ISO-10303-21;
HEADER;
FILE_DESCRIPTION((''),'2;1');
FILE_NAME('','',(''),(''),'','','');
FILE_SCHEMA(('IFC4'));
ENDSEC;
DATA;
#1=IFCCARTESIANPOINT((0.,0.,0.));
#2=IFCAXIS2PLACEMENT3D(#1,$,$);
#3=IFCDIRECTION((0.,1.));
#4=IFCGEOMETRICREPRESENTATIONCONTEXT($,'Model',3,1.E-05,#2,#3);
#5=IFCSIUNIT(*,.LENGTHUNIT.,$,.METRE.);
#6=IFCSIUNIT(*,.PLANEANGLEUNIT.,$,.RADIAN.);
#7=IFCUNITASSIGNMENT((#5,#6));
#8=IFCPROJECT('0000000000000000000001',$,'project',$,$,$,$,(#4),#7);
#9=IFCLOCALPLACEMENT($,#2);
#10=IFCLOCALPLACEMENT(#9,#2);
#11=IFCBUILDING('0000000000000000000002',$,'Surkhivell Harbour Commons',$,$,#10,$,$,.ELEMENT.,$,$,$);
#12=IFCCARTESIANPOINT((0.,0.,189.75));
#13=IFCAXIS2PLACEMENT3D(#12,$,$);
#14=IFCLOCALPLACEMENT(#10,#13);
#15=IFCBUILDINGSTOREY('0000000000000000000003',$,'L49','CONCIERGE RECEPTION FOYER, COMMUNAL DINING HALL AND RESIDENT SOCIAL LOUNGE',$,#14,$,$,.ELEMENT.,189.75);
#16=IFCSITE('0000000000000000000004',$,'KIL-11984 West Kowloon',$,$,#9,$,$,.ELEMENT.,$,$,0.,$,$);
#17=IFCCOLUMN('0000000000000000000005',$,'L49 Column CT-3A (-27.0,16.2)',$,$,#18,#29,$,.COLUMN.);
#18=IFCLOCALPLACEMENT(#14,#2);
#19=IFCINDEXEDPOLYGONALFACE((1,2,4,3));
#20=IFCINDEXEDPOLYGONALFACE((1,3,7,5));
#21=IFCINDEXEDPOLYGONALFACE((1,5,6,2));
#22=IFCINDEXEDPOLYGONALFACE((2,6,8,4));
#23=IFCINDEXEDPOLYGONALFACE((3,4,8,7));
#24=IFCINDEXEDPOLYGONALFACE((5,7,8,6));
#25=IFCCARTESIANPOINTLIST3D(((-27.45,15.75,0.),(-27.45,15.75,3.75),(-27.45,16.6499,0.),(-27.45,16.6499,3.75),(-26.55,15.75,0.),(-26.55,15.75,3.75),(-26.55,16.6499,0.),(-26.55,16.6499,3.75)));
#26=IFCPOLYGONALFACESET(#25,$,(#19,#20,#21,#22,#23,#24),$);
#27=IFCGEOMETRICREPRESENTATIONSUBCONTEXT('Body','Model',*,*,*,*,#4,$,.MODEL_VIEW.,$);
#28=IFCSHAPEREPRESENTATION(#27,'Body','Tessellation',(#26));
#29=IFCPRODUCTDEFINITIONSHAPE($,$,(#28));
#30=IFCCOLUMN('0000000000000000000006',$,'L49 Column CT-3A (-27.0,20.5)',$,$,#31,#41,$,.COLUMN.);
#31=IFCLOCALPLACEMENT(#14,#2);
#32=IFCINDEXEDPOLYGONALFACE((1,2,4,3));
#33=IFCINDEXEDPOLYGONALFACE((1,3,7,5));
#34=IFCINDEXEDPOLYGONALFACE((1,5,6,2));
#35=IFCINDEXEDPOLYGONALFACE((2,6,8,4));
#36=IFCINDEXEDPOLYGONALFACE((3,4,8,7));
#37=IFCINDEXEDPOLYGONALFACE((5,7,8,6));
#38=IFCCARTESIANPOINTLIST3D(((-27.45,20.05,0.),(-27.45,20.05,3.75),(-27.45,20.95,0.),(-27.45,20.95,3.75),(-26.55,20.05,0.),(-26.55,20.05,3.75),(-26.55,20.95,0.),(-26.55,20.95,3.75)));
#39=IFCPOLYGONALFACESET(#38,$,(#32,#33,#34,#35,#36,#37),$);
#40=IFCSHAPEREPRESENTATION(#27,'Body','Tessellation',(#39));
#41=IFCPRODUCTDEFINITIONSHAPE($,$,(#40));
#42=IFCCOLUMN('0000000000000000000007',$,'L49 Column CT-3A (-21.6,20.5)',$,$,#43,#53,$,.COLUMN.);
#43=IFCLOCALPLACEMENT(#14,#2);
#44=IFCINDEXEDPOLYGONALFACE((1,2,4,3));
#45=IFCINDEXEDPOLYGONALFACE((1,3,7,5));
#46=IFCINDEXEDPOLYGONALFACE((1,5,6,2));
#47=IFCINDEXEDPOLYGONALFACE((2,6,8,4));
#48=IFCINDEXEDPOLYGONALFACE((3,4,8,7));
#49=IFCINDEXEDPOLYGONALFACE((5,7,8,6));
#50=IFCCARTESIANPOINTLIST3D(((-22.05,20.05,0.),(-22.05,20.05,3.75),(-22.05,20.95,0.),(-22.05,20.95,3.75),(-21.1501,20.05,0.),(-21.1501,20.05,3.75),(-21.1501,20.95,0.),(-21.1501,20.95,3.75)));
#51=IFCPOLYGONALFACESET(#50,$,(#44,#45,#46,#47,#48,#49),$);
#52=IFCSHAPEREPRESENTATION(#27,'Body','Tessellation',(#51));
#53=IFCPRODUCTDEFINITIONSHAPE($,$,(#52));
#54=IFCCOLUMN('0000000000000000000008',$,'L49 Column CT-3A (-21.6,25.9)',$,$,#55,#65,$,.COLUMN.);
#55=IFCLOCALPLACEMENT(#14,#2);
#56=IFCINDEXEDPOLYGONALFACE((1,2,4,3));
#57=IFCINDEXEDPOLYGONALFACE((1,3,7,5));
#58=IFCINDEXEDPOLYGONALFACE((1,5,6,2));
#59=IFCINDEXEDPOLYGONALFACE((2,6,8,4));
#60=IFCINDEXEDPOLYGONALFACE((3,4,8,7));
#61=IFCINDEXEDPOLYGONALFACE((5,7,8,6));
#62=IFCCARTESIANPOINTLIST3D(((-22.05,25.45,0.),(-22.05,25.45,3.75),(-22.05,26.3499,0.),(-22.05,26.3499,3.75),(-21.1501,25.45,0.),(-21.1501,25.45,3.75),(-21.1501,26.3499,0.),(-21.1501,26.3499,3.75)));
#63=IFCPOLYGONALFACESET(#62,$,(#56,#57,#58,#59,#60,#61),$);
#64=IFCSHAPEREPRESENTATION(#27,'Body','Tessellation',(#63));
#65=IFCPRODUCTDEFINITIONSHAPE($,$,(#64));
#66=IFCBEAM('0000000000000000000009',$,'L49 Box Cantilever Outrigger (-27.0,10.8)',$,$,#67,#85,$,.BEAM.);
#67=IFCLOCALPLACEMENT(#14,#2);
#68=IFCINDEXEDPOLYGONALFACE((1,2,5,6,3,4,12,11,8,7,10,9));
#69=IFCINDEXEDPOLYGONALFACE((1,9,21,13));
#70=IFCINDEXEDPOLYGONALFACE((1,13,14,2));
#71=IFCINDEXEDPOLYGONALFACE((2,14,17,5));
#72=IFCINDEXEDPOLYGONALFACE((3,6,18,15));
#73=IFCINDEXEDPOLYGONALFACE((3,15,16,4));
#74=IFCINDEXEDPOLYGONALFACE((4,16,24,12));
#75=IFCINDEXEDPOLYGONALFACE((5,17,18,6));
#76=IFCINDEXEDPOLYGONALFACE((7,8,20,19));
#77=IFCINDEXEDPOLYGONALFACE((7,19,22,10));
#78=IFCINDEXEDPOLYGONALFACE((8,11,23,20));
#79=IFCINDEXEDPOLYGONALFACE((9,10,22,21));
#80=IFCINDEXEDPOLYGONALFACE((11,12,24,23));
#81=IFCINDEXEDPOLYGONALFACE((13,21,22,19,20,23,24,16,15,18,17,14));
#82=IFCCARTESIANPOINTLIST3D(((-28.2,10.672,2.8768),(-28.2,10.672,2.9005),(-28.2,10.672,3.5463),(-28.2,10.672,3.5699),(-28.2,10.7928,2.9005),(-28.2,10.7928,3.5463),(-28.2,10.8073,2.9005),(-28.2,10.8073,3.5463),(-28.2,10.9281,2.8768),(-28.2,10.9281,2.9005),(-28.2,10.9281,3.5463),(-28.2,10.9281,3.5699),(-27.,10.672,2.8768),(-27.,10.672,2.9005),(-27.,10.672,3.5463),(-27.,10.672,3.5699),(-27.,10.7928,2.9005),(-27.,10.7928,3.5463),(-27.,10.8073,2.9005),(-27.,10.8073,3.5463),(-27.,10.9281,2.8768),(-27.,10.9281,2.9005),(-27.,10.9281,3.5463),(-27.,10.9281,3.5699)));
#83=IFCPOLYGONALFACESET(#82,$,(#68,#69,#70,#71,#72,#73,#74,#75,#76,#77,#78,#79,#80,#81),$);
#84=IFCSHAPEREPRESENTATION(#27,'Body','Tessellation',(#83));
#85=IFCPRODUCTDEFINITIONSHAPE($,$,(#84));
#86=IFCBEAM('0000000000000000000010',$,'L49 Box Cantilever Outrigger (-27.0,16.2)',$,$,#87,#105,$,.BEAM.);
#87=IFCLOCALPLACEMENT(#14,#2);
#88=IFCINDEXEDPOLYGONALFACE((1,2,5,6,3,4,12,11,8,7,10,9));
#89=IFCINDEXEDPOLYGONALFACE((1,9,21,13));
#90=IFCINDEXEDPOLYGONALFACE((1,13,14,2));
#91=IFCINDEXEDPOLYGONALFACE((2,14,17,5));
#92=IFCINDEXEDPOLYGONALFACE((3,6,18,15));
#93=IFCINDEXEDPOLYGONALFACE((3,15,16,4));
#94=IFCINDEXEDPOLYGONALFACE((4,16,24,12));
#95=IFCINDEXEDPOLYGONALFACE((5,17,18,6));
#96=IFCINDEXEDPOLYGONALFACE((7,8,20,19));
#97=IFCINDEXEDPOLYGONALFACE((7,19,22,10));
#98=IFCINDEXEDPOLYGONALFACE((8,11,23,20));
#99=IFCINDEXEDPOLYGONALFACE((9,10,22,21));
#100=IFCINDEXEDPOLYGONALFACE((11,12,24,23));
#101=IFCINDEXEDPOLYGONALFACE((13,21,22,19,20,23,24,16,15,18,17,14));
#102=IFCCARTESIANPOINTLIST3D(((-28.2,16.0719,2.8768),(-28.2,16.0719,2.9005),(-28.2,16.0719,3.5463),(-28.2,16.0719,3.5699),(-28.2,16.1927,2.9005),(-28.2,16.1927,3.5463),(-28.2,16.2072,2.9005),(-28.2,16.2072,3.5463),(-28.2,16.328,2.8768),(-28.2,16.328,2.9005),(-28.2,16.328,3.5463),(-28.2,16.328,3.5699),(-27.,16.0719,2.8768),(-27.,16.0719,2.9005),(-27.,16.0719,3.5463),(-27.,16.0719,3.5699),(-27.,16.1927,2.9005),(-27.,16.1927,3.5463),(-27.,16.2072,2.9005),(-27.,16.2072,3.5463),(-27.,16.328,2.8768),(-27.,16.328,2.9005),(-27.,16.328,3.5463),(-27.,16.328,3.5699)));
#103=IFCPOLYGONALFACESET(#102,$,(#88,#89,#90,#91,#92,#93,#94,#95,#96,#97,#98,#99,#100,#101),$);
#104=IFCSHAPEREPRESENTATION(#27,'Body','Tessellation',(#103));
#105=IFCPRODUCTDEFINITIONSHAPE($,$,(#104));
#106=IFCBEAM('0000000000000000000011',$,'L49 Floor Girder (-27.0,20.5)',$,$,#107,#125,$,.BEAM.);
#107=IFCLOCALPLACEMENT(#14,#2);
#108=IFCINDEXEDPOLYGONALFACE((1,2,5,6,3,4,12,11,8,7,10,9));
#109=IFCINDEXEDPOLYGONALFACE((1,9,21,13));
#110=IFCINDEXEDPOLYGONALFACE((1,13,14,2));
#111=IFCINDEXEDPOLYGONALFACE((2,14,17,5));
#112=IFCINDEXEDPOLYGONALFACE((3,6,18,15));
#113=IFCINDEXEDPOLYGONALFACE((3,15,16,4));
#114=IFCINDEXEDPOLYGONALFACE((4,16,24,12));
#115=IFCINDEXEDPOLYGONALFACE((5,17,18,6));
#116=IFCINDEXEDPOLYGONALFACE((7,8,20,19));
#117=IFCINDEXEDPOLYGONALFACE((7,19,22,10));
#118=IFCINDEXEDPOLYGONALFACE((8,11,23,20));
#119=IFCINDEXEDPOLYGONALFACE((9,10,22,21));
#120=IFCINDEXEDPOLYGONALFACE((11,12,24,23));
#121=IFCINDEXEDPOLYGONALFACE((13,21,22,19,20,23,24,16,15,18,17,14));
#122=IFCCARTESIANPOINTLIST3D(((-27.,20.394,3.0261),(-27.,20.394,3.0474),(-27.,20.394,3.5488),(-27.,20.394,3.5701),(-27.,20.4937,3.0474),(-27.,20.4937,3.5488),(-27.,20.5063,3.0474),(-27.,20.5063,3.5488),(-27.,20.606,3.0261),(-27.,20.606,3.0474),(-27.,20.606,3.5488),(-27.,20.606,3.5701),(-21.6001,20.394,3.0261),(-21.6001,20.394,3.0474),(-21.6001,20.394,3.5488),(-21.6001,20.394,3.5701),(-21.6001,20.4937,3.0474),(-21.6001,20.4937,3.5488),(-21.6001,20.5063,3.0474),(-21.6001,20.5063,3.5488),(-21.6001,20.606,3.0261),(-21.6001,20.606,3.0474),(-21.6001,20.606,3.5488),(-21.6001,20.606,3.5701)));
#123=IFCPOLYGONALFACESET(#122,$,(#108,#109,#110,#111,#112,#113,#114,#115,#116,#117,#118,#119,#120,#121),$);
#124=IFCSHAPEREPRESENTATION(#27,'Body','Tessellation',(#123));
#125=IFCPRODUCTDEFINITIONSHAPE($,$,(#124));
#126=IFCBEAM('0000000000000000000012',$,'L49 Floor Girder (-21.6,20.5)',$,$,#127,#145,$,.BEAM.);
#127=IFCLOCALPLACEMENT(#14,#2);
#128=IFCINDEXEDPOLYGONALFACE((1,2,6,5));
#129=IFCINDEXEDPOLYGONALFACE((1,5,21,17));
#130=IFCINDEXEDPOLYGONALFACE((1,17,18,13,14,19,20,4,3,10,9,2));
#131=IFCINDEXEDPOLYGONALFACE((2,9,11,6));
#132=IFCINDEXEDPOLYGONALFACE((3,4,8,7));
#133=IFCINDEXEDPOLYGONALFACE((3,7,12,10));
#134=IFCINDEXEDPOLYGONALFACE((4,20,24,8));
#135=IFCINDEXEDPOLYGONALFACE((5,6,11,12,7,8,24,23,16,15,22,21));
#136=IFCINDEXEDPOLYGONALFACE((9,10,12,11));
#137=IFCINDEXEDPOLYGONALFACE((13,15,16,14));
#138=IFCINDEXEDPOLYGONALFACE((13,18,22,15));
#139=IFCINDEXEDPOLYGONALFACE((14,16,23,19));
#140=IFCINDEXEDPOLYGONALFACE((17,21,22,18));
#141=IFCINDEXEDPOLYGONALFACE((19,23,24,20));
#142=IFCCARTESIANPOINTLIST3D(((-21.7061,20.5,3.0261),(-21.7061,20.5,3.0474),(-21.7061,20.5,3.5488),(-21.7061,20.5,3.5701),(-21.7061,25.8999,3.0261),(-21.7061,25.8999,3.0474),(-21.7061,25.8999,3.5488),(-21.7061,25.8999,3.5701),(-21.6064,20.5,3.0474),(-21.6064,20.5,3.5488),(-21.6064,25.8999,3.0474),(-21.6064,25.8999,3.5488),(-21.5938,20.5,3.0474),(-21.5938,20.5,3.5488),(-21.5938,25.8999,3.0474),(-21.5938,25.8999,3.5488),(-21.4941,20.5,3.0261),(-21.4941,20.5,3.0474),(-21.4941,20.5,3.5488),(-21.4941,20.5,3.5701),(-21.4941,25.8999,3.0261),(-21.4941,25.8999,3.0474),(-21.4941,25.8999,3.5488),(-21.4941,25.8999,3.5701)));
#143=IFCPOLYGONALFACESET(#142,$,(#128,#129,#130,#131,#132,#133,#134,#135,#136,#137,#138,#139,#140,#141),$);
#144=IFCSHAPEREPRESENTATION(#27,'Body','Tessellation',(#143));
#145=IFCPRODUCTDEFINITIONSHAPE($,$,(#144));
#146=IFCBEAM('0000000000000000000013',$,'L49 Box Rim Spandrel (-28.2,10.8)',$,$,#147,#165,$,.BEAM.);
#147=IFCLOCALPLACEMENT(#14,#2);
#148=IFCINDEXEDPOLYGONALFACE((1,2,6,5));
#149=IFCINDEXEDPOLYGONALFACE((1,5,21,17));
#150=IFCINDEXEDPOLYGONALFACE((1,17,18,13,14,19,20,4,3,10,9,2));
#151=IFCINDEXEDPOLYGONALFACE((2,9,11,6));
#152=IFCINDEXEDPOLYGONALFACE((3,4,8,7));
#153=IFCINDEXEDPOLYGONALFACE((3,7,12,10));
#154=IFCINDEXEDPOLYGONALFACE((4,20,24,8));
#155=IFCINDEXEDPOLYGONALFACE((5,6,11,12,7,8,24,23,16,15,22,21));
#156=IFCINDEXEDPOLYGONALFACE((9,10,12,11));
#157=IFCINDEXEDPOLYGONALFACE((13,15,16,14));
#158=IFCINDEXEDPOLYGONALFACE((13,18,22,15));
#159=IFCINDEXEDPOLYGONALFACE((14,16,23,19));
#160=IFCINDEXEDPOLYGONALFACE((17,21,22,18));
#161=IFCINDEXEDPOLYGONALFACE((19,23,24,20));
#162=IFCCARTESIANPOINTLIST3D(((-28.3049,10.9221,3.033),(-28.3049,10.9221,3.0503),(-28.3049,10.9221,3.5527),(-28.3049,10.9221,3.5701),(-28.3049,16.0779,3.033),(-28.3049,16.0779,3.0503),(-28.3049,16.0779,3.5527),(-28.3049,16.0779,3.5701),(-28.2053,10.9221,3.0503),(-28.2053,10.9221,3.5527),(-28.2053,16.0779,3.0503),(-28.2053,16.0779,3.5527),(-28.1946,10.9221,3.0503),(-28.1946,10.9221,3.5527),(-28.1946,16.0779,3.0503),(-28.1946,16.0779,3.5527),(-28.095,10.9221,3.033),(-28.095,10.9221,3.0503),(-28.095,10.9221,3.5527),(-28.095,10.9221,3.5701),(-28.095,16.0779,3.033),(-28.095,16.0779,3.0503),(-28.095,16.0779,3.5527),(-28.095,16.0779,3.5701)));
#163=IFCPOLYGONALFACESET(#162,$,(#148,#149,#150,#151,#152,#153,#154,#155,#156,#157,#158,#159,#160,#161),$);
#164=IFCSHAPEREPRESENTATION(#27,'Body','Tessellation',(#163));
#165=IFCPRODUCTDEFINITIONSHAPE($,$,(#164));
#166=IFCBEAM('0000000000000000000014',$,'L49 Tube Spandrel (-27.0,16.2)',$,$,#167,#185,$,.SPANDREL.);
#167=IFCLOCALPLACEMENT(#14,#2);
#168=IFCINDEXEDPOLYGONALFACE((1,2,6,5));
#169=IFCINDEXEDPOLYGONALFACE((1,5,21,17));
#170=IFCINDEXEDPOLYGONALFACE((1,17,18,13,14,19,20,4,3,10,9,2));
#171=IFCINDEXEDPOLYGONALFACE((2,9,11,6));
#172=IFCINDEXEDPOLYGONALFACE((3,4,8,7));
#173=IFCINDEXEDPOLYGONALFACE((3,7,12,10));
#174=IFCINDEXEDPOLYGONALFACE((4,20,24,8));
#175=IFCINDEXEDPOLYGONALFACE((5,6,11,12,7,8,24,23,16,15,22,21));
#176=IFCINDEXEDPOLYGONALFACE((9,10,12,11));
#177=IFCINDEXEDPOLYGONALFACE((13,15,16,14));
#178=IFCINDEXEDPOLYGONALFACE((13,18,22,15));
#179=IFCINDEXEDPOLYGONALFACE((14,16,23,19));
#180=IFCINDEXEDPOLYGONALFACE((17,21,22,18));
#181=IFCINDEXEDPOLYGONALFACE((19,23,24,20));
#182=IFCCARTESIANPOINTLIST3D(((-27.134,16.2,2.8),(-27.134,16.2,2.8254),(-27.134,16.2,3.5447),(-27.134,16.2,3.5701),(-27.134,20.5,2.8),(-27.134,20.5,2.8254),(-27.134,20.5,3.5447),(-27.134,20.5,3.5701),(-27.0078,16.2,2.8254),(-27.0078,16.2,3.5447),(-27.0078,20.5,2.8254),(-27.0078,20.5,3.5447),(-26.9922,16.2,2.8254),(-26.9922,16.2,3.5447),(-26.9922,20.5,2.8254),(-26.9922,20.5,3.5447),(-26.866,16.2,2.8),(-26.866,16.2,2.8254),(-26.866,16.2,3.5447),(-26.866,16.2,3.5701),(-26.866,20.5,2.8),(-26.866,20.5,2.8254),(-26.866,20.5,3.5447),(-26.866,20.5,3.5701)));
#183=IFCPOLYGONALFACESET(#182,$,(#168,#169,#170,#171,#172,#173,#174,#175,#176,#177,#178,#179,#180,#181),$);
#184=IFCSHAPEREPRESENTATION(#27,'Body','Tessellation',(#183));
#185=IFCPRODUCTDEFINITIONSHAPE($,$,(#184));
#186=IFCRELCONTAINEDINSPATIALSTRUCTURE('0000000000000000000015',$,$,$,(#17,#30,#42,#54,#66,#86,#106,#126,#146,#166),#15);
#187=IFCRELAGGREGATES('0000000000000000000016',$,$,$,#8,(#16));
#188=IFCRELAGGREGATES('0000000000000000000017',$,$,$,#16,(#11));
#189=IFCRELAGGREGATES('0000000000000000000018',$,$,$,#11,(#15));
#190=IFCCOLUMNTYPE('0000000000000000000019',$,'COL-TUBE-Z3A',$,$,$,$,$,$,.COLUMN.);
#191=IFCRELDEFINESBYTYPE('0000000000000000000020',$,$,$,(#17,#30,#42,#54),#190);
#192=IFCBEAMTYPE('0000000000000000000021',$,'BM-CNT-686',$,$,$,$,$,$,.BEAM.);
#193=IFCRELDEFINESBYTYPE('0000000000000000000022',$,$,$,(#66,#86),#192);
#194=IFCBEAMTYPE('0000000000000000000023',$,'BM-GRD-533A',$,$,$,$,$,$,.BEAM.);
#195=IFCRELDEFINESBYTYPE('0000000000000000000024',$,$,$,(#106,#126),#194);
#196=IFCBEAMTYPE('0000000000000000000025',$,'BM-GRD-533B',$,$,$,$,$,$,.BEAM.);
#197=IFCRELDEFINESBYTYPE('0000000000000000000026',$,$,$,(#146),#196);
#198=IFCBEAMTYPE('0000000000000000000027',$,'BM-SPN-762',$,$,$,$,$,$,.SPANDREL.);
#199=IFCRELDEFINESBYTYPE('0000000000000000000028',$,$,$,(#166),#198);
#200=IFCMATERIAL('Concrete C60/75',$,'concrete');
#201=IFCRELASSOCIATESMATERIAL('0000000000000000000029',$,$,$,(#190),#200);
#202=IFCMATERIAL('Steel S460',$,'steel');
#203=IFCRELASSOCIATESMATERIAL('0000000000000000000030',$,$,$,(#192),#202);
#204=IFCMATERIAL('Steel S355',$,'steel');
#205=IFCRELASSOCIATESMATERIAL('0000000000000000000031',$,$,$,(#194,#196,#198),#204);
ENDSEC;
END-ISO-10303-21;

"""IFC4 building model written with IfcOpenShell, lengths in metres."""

from ifc_helpers import new_model, si_unit, direction, frame, origin, origin_2d, place, context, subcontext, project, spatial, rectangle, i_section, extrude, material, material_profile, profile_set, type_object, element, save


model = new_model("IFC4")

# Units and contexts
model_context = context("Model", 3, precision=1e-05, world=origin(), true_north=direction((0.0, 1.0)))
body_context = subcontext(model_context, "Body", "Model", "MODEL_VIEW")
ifc_project = project(units=[si_unit("LENGTHUNIT", "METRE"), si_unit("PLANEANGLEUNIT", "RADIAN")], contexts=[model_context])

# Site, building, storey
site_placement = place(None, origin())
site = spatial("IfcSite", under=ifc_project, at=site_placement, Name="KIL-11984 West Kowloon", CompositionType="ELEMENT", RefElevation=0.0)
building_placement = place(site_placement, origin())
building = spatial("IfcBuilding", under=site, at=building_placement, Name="Surkhivell Harbour Commons", CompositionType="ELEMENT")
storey_placement = place(building_placement, frame((0.0, 0.0, 189.75)))
storey = spatial("IfcBuildingStorey", under=building, at=storey_placement, Name="L49", Description="CONCIERGE RECEPTION FOYER, COMMUNAL DINING HALL AND RESIDENT SOCIAL LOUNGE", CompositionType="ELEMENT", Elevation=189.75)

# Columns
ifc_material_1 = material(Name="Concrete C60/75", Category="concrete")
ifc_material_profile_1 = material_profile(ifc_material_1, rectangle(XDim=0.8999, YDim=0.8999, at=origin_2d()), Name="RC-COL-900x900")
ifc_profile_set_1 = profile_set([ifc_material_profile_1], Name="Concrete C60/75")
column_type = type_object("IfcColumnType", Name="COL-TUBE-Z3A", PredefinedType="COLUMN", material=ifc_profile_set_1)
for number, where, z_axis, x_axis, name in (
    (1, (-27.0, 16.2, 0.0), (0.0, 0.0, 1.0), (1.0, 0.0, 0.0), "L49 Column CT-3A (-27.0,16.2)"),
    (2, (-27.0, 20.5, 0.0), (0.0, 0.0, 1.0), (1.0, 0.0, 0.0), "L49 Column CT-3A (-27.0,20.5)"),
    (3, (-21.6001, 20.5, 0.0), (0.0, 0.0, 1.0), (1.0, 0.0, 0.0), "L49 Column CT-3A (-21.6,20.5)"),
    (4, (-21.6001, 25.8999, 0.0), (0.0, 0.0, 1.0), (1.0, 0.0, 0.0), "L49 Column CT-3A (-21.6,25.9)"),
):
    element("IfcColumn", number, at=place(storey_placement, frame(where, z_axis=z_axis, x_axis=x_axis)), inside=storey, type_object=column_type, Name=name, PredefinedType="COLUMN", context=body_context, shape_type="SweptSolid", body=[
        extrude(rectangle(XDim=0.8999, YDim=0.8999, at=origin_2d()), origin(), (0.0, 0.0, 1.0), 3.75),
    ])

# Beams
ifc_material_2 = material(Name="Steel S460", Category="steel")
ifc_material_profile_2 = material_profile(ifc_material_2, i_section(OverallWidth=0.2561, OverallDepth=0.6931, WebThickness=0.0144, FlangeThickness=0.0237, at=origin_2d()), Name="UB686x254x170")
ifc_profile_set_2 = profile_set([ifc_material_profile_2], Name="Steel S460")
beam_type_1 = type_object("IfcBeamType", Name="BM-CNT-686", PredefinedType="BEAM", material=ifc_profile_set_2)
for number, where, z_axis, x_axis, name in (
    (5, (-27.0, 10.8, 3.2234), (-1.0, 0.0, 0.0), (0.0, -1.0, 0.0), "L49 Box Cantilever Outrigger (-27.0,10.8)"),
    (6, (-27.0, 16.2, 3.2234), (-1.0, 0.0, 0.0), (0.0, -1.0, 0.0), "L49 Box Cantilever Outrigger (-27.0,16.2)"),
):
    element("IfcBeam", number, at=place(storey_placement, frame(where, z_axis=z_axis, x_axis=x_axis)), inside=storey, type_object=beam_type_1, Name=name, PredefinedType="BEAM", context=body_context, shape_type="SweptSolid", body=[
        extrude(i_section(OverallWidth=0.2561, OverallDepth=0.6931, WebThickness=0.0144, FlangeThickness=0.0237, at=origin_2d()), origin(), (0.0, 0.0, 1.0), 1.2),
    ])
ifc_material_3 = material(Name="Steel S355", Category="steel")
ifc_material_profile_3 = material_profile(ifc_material_3, i_section(OverallWidth=0.2119, OverallDepth=0.5439, WebThickness=0.0127, FlangeThickness=0.0212, at=origin_2d()), Name="UB533x210x122")
ifc_profile_set_3 = profile_set([ifc_material_profile_3], Name="Steel S355")
beam_type_2 = type_object("IfcBeamType", Name="BM-GRD-533A", PredefinedType="BEAM", material=ifc_profile_set_3)
for number, where, z_axis, x_axis, name in (
    (7, (-27.0, 20.5, 3.2981), (1.0, 0.0, 0.0), (0.0, 1.0, 0.0), "L49 Floor Girder (-27.0,20.5)"),
    (8, (-21.6001, 20.5, 3.2981), (0.0, 1.0, 0.0), (-1.0, 0.0, 0.0), "L49 Floor Girder (-21.6,20.5)"),
):
    element("IfcBeam", number, at=place(storey_placement, frame(where, z_axis=z_axis, x_axis=x_axis)), inside=storey, type_object=beam_type_2, Name=name, PredefinedType="BEAM", context=body_context, shape_type="SweptSolid", body=[
        extrude(i_section(OverallWidth=0.2119, OverallDepth=0.5439, WebThickness=0.0127, FlangeThickness=0.0212, at=origin_2d()), origin(), (0.0, 0.0, 1.0), 5.3999),
    ])
ifc_material_profile_4 = material_profile(ifc_material_3, i_section(OverallWidth=0.21, OverallDepth=0.5371, WebThickness=0.0107, FlangeThickness=0.0173, at=origin_2d()), Name="UB533x210x101")
ifc_profile_set_4 = profile_set([ifc_material_profile_4], Name="Steel S355")
beam_type_3 = type_object("IfcBeamType", Name="BM-GRD-533B", PredefinedType="BEAM", material=ifc_profile_set_4)
beam_1_placement = place(storey_placement, frame((-28.2, 10.9221, 3.3015), z_axis=(0.0, 1.0, 0.0), x_axis=(-1.0, 0.0, 0.0)))
element("IfcBeam", 9, at=beam_1_placement, inside=storey, type_object=beam_type_3, Name="L49 Box Rim Spandrel (-28.2,10.8)", PredefinedType="BEAM", context=body_context, shape_type="SweptSolid", body=[
    extrude(i_section(OverallWidth=0.21, OverallDepth=0.5371, WebThickness=0.0107, FlangeThickness=0.0173, at=origin_2d()), origin(), (0.0, 0.0, 1.0), 5.1558),
])
ifc_material_profile_5 = material_profile(ifc_material_3, i_section(OverallWidth=0.2681, OverallDepth=0.77, WebThickness=0.0156, FlangeThickness=0.0254, at=origin_2d()), Name="UB762x267x197")
ifc_profile_set_5 = profile_set([ifc_material_profile_5], Name="Steel S355")
beam_type_4 = type_object("IfcBeamType", Name="BM-SPN-762", PredefinedType="SPANDREL", material=ifc_profile_set_5)
beam_2_placement = place(storey_placement, frame((-27.0, 16.2, 3.1851), z_axis=(0.0, 1.0, 0.0), x_axis=(-1.0, 0.0, 0.0)))
element("IfcBeam", 10, at=beam_2_placement, inside=storey, type_object=beam_type_4, Name="L49 Tube Spandrel (-27.0,16.2)", PredefinedType="SPANDREL", context=body_context, shape_type="SweptSolid", body=[
    extrude(i_section(OverallWidth=0.2681, OverallDepth=0.77, WebThickness=0.0156, FlangeThickness=0.0254, at=origin_2d()), origin(), (0.0, 0.0, 1.0), 4.3),
])

save(model, "model.ifc")
